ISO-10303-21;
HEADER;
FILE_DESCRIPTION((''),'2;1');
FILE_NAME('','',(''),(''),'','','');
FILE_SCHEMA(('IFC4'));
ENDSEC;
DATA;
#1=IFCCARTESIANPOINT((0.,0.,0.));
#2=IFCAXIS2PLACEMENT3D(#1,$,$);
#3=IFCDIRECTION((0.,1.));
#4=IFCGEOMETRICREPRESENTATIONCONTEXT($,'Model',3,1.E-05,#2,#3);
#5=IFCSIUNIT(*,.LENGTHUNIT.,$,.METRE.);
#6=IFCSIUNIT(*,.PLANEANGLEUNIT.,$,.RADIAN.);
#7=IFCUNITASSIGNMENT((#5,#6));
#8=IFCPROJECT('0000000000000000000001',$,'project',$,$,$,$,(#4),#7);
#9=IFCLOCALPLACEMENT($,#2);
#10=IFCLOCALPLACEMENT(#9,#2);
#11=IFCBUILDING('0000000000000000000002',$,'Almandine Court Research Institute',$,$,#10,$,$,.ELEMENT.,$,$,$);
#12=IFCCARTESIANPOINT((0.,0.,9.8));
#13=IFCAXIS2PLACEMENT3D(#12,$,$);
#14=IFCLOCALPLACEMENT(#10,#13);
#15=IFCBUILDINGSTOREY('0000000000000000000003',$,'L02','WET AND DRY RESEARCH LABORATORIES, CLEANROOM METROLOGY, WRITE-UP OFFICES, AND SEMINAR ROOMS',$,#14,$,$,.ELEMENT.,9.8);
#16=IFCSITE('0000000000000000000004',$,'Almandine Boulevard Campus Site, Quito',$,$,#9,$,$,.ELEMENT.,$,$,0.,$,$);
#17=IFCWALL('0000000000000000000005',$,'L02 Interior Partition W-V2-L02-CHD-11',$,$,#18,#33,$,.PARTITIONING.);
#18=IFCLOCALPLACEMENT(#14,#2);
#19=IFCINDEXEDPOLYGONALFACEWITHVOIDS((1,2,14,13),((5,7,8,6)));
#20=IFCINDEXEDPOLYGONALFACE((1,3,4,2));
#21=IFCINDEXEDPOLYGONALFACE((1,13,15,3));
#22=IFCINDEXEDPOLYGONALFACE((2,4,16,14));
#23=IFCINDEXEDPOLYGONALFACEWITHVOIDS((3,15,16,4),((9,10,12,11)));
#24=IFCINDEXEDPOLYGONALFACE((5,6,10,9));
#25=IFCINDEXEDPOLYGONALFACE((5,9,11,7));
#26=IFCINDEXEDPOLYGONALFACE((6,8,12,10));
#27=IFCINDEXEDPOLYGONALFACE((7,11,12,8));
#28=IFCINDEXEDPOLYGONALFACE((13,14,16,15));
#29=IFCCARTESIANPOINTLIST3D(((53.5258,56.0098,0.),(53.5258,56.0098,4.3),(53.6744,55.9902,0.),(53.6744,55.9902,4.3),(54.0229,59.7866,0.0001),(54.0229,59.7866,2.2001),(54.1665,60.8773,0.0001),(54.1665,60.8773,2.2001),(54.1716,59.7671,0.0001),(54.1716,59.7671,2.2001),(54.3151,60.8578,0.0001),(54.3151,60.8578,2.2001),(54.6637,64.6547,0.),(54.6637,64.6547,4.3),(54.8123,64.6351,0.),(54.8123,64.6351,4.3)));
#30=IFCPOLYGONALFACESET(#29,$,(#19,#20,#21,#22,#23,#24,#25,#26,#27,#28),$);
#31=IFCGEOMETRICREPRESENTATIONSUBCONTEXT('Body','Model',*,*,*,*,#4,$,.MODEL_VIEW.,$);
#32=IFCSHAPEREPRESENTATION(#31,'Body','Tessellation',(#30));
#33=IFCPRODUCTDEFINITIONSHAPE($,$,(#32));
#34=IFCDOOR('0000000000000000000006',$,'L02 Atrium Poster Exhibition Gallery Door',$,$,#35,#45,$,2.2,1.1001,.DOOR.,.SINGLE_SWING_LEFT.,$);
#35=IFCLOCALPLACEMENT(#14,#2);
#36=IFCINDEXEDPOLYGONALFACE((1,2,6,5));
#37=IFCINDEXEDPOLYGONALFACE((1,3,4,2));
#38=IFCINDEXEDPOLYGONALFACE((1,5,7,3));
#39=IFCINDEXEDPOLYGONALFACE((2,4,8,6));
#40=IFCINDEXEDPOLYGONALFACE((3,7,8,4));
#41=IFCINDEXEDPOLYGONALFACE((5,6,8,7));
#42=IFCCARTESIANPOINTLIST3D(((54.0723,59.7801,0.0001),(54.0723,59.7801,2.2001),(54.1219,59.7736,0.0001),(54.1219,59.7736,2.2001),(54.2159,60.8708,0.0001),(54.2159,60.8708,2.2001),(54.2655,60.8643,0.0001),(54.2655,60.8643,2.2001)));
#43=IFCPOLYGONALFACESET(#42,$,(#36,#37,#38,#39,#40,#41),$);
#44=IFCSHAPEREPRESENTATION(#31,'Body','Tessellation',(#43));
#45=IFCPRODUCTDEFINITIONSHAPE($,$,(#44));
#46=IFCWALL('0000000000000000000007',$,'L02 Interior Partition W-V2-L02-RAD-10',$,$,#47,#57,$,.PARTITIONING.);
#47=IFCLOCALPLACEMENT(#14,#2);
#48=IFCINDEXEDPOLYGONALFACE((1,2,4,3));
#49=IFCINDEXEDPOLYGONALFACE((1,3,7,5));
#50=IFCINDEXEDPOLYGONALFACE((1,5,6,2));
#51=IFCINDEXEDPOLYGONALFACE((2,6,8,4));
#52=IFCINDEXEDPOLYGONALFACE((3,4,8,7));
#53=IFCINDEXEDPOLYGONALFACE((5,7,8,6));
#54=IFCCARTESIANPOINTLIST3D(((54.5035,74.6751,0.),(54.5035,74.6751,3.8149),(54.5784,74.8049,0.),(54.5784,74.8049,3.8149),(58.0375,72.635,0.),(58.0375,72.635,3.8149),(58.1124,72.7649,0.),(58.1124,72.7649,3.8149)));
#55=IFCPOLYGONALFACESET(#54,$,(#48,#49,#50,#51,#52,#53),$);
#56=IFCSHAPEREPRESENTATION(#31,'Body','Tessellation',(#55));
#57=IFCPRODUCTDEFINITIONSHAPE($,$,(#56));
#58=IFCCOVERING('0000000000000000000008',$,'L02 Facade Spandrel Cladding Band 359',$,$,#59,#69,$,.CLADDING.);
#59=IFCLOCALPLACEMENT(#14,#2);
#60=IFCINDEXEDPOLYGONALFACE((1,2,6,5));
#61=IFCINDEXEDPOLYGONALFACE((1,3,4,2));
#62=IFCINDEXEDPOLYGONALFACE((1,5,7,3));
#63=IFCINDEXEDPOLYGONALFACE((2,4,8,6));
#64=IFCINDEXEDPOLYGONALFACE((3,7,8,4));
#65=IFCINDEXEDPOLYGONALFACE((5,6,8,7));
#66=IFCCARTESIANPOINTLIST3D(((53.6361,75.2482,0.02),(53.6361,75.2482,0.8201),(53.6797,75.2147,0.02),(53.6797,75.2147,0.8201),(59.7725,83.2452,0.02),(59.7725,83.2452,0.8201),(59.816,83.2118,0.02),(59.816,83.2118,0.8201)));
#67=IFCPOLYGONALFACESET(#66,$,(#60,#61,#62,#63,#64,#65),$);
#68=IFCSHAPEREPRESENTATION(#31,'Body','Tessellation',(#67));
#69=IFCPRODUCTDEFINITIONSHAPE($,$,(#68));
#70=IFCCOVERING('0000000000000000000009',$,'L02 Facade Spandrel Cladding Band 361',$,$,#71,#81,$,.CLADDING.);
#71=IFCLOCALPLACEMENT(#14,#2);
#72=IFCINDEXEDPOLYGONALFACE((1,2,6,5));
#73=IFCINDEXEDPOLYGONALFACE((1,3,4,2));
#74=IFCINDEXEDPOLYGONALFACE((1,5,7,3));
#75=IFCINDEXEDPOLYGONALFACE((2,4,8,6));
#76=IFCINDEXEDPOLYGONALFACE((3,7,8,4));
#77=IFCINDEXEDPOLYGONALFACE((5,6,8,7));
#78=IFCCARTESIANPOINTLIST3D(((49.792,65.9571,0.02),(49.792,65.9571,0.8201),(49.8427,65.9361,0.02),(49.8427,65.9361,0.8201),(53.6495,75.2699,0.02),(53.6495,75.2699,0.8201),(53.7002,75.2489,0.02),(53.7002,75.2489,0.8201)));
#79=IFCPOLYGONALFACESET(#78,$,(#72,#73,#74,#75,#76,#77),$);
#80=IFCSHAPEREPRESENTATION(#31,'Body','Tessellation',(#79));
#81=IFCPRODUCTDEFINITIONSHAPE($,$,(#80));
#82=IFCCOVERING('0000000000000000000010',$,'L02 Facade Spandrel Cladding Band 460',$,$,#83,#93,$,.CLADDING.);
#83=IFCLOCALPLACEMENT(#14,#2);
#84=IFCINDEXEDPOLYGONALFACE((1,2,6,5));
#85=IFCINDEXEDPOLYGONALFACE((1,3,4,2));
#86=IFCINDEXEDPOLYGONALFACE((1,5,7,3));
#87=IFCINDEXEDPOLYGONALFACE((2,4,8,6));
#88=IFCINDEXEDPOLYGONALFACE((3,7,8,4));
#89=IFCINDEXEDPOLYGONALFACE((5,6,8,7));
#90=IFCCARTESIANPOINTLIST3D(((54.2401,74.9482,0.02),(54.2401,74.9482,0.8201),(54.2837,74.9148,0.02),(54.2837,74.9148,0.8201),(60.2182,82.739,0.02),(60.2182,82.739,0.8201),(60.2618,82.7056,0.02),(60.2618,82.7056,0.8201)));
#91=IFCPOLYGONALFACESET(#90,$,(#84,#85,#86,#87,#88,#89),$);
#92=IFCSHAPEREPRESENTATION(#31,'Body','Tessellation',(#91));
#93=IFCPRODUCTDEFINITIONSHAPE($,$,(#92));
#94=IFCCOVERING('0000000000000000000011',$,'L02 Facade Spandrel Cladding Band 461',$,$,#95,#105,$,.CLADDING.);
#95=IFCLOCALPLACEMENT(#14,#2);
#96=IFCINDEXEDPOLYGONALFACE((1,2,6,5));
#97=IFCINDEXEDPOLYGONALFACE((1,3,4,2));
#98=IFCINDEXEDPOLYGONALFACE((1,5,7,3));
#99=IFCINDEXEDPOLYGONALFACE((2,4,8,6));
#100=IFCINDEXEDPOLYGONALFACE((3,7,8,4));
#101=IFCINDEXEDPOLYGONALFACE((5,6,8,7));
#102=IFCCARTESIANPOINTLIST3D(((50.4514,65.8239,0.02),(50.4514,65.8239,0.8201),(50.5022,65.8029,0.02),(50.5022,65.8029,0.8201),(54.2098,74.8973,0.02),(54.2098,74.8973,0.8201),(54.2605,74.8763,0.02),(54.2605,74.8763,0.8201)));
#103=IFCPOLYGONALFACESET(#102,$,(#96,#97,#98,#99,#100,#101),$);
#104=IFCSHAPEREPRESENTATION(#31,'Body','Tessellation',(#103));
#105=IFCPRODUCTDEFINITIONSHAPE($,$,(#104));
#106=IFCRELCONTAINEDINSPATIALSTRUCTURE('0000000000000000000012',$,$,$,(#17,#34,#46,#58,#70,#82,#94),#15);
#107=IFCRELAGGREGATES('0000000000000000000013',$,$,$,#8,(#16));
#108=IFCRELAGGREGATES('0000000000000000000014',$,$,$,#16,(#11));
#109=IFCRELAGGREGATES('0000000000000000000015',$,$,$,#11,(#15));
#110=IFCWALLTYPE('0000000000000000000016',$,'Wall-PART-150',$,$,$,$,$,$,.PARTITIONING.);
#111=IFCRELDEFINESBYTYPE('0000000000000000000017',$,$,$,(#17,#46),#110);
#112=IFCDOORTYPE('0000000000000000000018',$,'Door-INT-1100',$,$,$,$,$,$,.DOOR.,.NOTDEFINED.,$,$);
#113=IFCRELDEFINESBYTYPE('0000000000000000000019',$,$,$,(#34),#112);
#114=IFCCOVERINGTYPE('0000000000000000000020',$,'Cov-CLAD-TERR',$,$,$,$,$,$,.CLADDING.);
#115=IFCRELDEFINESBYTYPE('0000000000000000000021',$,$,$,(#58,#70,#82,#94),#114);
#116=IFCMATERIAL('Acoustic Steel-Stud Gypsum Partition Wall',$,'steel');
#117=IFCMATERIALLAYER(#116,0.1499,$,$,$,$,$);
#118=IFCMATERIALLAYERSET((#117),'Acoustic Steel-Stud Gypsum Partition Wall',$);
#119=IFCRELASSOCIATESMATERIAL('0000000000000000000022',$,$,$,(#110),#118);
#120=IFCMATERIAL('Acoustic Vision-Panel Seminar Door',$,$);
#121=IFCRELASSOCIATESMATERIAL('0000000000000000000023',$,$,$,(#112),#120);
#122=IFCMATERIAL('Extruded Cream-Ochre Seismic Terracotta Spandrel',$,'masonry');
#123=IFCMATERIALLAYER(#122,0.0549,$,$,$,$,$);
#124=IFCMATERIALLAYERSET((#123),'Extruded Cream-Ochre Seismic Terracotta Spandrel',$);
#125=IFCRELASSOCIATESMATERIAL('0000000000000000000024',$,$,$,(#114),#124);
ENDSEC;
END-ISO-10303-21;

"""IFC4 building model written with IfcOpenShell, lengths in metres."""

from ifc_helpers import new_model, si_unit, direction, frame, frame_2d, origin, origin_2d, place, context, subcontext, project, spatial, rectangle, extrude, material, layer, layer_set, type_object, element, fill, save


model = new_model("IFC4")

# Units and contexts
model_context = context("Model", 3, precision=1e-05, world=origin(), true_north=direction((0.0, 1.0)))
body_context = subcontext(model_context, "Body", "Model", "MODEL_VIEW")
ifc_project = project(units=[si_unit("LENGTHUNIT", "METRE"), si_unit("PLANEANGLEUNIT", "RADIAN")], contexts=[model_context])

# Site, building, storey
site_placement = place(None, origin())
site = spatial("IfcSite", under=ifc_project, at=site_placement, Name="Almandine Boulevard Campus Site, Quito", CompositionType="ELEMENT", RefElevation=0.0)
building_placement = place(site_placement, origin())
building = spatial("IfcBuilding", under=site, at=building_placement, Name="Almandine Court Research Institute", CompositionType="ELEMENT")
storey_placement = place(building_placement, frame((0.0, 0.0, 9.8)))
storey = spatial("IfcBuildingStorey", under=building, at=storey_placement, Name="L02", Description="WET AND DRY RESEARCH LABORATORIES, CLEANROOM METROLOGY, WRITE-UP OFFICES, AND SEMINAR ROOMS", CompositionType="ELEMENT", Elevation=9.8)

# Shared definitions
ifc_material_1 = material(Name="Acoustic Steel-Stud Gypsum Partition Wall", Category="steel")
ifc_layer_1 = layer(ifc_material_1, 0.1499)
ifc_layer_set_1 = layer_set([ifc_layer_1], Name="Acoustic Steel-Stud Gypsum Partition Wall")
wall_type_1 = type_object("IfcWallType", Name="Wall-PART-150", PredefinedType="PARTITIONING", material=ifc_layer_set_1)

# Wall, opening, door
wall_1_placement = place(storey_placement, frame((54.738, 64.645, 0.0), z_axis=(0.0, 0.0, 1.0), x_axis=(-0.130504, -0.991448, 0.0)))
wall_1 = element("IfcWall", 1, at=wall_1_placement, inside=storey, type_object=wall_type_1, Name="L02 Interior Partition W-V2-L02-CHD-11", PredefinedType="PARTITIONING", context=body_context, shape_type="SweptSolid", body=[
    extrude(rectangle(XDim=8.7195, YDim=0.1499, at=frame_2d((4.3599, 0.0))), origin(), (0.0, 0.0, 1.0), 4.3),
])
opening_1_placement = place(wall_1_placement, frame((3.8101, 0.0, 0.0)))
opening_1 = element("IfcOpeningElement", 2, at=opening_1_placement, cuts=wall_1, PredefinedType="OPENING", context=body_context, shape_type="SweptSolid", body=[
    extrude(rectangle(XDim=1.1001, YDim=2.2, at=frame_2d((0.55, 1.1001))), frame((0.0, 0.085, 0.0), z_axis=(0.0, -1.0, 0.0), x_axis=(1.0, 0.0, 0.0)), (0.0, 0.0, 1.0), 0.1699),
])
ifc_material_2 = material(Name="Acoustic Vision-Panel Seminar Door")
door_type = type_object("IfcDoorType", Name="Door-INT-1100", OperationType="NOTDEFINED", PredefinedType="DOOR", material=ifc_material_2)
door_placement = place(opening_1_placement, origin())
door = element("IfcDoor", 3, at=door_placement, inside=storey, type_object=door_type, Name="L02 Atrium Poster Exhibition Gallery Door", OperationType="SINGLE_SWING_LEFT", OverallHeight=2.2, OverallWidth=1.1001, PredefinedType="DOOR", context=body_context, shape_type="SweptSolid", body=[
    extrude(rectangle(XDim=1.1001, YDim=2.2, at=frame_2d((0.55, 1.1001))), frame((0.0, 0.0249, 0.0), z_axis=(0.0, -1.0, 0.0), x_axis=(1.0, 0.0, 0.0)), (0.0, 0.0, 1.0), 0.05),
])
fill(opening_1, door)

# Wall
wall_2_placement = place(storey_placement, frame((58.075, 72.7, 0.0), z_axis=(0.0, 0.0, 1.0), x_axis=(-0.866055, 0.499949, 0.0)))
element("IfcWall", 4, at=wall_2_placement, inside=storey, type_object=wall_type_1, Name="L02 Interior Partition W-V2-L02-RAD-10", PredefinedType="PARTITIONING", context=body_context, shape_type="SweptSolid", body=[
    extrude(rectangle(XDim=4.0806, YDim=0.1499, at=frame_2d((2.0403, 0.0))), origin(), (0.0, 0.0, 1.0), 3.8149),
])

# Coverings
ifc_material_3 = material(Name="Extruded Cream-Ochre Seismic Terracotta Spandrel", Category="masonry")
ifc_layer_2 = layer(ifc_material_3, 0.0549)
ifc_layer_set_2 = layer_set([ifc_layer_2], Name="Extruded Cream-Ochre Seismic Terracotta Spandrel")
covering_type = type_object("IfcCoveringType", Name="Cov-CLAD-TERR", PredefinedType="CLADDING", material=ifc_layer_set_2)
for number, where, z_axis, x_axis, name in (
    (5, (56.7261, 79.23, 0.02), (0.0, 0.0, 1.0), (-0.608761, -0.793353, 0.0), "L02 Facade Spandrel Cladding Band 359"),
    (6, (51.7461, 70.603, 0.02), (0.0, 0.0, 1.0), (-0.382683, -0.92388, 0.0), "L02 Facade Spandrel Cladding Band 361"),
):
    element("IfcCovering", number, at=place(storey_placement, frame(where, z_axis=z_axis, x_axis=x_axis)), inside=storey, type_object=covering_type, Name=name, PredefinedType="CLADDING", context=body_context, shape_type="SweptSolid", body=[
        extrude(rectangle(XDim=10.0801, YDim=0.0549, at=origin_2d()), origin(), (0.0, 0.0, 1.0), 0.8),
    ])
covering_1_placement = place(storey_placement, frame((57.251, 78.8269, 0.02), z_axis=(0.0, 0.0, 1.0), x_axis=(0.608761, 0.793353, 0.0)))
element("IfcCovering", 7, at=covering_1_placement, inside=storey, type_object=covering_type, Name="L02 Facade Spandrel Cladding Band 460", PredefinedType="CLADDING", context=body_context, shape_type="SweptSolid", body=[
    extrude(rectangle(XDim=9.8201, YDim=0.0549, at=origin_2d()), origin(), (0.0, 0.0, 1.0), 0.8),
])
covering_2_placement = place(storey_placement, frame((52.356, 70.3501, 0.02), z_axis=(0.0, 0.0, 1.0), x_axis=(0.382683, 0.92388, 0.0)))
element("IfcCovering", 8, at=covering_2_placement, inside=storey, type_object=covering_type, Name="L02 Facade Spandrel Cladding Band 461", PredefinedType="CLADDING", context=body_context, shape_type="SweptSolid", body=[
    extrude(rectangle(XDim=9.821, YDim=0.0549, at=origin_2d()), origin(), (0.0, 0.0, 1.0), 0.8),
])

save(model, "model.ifc")
